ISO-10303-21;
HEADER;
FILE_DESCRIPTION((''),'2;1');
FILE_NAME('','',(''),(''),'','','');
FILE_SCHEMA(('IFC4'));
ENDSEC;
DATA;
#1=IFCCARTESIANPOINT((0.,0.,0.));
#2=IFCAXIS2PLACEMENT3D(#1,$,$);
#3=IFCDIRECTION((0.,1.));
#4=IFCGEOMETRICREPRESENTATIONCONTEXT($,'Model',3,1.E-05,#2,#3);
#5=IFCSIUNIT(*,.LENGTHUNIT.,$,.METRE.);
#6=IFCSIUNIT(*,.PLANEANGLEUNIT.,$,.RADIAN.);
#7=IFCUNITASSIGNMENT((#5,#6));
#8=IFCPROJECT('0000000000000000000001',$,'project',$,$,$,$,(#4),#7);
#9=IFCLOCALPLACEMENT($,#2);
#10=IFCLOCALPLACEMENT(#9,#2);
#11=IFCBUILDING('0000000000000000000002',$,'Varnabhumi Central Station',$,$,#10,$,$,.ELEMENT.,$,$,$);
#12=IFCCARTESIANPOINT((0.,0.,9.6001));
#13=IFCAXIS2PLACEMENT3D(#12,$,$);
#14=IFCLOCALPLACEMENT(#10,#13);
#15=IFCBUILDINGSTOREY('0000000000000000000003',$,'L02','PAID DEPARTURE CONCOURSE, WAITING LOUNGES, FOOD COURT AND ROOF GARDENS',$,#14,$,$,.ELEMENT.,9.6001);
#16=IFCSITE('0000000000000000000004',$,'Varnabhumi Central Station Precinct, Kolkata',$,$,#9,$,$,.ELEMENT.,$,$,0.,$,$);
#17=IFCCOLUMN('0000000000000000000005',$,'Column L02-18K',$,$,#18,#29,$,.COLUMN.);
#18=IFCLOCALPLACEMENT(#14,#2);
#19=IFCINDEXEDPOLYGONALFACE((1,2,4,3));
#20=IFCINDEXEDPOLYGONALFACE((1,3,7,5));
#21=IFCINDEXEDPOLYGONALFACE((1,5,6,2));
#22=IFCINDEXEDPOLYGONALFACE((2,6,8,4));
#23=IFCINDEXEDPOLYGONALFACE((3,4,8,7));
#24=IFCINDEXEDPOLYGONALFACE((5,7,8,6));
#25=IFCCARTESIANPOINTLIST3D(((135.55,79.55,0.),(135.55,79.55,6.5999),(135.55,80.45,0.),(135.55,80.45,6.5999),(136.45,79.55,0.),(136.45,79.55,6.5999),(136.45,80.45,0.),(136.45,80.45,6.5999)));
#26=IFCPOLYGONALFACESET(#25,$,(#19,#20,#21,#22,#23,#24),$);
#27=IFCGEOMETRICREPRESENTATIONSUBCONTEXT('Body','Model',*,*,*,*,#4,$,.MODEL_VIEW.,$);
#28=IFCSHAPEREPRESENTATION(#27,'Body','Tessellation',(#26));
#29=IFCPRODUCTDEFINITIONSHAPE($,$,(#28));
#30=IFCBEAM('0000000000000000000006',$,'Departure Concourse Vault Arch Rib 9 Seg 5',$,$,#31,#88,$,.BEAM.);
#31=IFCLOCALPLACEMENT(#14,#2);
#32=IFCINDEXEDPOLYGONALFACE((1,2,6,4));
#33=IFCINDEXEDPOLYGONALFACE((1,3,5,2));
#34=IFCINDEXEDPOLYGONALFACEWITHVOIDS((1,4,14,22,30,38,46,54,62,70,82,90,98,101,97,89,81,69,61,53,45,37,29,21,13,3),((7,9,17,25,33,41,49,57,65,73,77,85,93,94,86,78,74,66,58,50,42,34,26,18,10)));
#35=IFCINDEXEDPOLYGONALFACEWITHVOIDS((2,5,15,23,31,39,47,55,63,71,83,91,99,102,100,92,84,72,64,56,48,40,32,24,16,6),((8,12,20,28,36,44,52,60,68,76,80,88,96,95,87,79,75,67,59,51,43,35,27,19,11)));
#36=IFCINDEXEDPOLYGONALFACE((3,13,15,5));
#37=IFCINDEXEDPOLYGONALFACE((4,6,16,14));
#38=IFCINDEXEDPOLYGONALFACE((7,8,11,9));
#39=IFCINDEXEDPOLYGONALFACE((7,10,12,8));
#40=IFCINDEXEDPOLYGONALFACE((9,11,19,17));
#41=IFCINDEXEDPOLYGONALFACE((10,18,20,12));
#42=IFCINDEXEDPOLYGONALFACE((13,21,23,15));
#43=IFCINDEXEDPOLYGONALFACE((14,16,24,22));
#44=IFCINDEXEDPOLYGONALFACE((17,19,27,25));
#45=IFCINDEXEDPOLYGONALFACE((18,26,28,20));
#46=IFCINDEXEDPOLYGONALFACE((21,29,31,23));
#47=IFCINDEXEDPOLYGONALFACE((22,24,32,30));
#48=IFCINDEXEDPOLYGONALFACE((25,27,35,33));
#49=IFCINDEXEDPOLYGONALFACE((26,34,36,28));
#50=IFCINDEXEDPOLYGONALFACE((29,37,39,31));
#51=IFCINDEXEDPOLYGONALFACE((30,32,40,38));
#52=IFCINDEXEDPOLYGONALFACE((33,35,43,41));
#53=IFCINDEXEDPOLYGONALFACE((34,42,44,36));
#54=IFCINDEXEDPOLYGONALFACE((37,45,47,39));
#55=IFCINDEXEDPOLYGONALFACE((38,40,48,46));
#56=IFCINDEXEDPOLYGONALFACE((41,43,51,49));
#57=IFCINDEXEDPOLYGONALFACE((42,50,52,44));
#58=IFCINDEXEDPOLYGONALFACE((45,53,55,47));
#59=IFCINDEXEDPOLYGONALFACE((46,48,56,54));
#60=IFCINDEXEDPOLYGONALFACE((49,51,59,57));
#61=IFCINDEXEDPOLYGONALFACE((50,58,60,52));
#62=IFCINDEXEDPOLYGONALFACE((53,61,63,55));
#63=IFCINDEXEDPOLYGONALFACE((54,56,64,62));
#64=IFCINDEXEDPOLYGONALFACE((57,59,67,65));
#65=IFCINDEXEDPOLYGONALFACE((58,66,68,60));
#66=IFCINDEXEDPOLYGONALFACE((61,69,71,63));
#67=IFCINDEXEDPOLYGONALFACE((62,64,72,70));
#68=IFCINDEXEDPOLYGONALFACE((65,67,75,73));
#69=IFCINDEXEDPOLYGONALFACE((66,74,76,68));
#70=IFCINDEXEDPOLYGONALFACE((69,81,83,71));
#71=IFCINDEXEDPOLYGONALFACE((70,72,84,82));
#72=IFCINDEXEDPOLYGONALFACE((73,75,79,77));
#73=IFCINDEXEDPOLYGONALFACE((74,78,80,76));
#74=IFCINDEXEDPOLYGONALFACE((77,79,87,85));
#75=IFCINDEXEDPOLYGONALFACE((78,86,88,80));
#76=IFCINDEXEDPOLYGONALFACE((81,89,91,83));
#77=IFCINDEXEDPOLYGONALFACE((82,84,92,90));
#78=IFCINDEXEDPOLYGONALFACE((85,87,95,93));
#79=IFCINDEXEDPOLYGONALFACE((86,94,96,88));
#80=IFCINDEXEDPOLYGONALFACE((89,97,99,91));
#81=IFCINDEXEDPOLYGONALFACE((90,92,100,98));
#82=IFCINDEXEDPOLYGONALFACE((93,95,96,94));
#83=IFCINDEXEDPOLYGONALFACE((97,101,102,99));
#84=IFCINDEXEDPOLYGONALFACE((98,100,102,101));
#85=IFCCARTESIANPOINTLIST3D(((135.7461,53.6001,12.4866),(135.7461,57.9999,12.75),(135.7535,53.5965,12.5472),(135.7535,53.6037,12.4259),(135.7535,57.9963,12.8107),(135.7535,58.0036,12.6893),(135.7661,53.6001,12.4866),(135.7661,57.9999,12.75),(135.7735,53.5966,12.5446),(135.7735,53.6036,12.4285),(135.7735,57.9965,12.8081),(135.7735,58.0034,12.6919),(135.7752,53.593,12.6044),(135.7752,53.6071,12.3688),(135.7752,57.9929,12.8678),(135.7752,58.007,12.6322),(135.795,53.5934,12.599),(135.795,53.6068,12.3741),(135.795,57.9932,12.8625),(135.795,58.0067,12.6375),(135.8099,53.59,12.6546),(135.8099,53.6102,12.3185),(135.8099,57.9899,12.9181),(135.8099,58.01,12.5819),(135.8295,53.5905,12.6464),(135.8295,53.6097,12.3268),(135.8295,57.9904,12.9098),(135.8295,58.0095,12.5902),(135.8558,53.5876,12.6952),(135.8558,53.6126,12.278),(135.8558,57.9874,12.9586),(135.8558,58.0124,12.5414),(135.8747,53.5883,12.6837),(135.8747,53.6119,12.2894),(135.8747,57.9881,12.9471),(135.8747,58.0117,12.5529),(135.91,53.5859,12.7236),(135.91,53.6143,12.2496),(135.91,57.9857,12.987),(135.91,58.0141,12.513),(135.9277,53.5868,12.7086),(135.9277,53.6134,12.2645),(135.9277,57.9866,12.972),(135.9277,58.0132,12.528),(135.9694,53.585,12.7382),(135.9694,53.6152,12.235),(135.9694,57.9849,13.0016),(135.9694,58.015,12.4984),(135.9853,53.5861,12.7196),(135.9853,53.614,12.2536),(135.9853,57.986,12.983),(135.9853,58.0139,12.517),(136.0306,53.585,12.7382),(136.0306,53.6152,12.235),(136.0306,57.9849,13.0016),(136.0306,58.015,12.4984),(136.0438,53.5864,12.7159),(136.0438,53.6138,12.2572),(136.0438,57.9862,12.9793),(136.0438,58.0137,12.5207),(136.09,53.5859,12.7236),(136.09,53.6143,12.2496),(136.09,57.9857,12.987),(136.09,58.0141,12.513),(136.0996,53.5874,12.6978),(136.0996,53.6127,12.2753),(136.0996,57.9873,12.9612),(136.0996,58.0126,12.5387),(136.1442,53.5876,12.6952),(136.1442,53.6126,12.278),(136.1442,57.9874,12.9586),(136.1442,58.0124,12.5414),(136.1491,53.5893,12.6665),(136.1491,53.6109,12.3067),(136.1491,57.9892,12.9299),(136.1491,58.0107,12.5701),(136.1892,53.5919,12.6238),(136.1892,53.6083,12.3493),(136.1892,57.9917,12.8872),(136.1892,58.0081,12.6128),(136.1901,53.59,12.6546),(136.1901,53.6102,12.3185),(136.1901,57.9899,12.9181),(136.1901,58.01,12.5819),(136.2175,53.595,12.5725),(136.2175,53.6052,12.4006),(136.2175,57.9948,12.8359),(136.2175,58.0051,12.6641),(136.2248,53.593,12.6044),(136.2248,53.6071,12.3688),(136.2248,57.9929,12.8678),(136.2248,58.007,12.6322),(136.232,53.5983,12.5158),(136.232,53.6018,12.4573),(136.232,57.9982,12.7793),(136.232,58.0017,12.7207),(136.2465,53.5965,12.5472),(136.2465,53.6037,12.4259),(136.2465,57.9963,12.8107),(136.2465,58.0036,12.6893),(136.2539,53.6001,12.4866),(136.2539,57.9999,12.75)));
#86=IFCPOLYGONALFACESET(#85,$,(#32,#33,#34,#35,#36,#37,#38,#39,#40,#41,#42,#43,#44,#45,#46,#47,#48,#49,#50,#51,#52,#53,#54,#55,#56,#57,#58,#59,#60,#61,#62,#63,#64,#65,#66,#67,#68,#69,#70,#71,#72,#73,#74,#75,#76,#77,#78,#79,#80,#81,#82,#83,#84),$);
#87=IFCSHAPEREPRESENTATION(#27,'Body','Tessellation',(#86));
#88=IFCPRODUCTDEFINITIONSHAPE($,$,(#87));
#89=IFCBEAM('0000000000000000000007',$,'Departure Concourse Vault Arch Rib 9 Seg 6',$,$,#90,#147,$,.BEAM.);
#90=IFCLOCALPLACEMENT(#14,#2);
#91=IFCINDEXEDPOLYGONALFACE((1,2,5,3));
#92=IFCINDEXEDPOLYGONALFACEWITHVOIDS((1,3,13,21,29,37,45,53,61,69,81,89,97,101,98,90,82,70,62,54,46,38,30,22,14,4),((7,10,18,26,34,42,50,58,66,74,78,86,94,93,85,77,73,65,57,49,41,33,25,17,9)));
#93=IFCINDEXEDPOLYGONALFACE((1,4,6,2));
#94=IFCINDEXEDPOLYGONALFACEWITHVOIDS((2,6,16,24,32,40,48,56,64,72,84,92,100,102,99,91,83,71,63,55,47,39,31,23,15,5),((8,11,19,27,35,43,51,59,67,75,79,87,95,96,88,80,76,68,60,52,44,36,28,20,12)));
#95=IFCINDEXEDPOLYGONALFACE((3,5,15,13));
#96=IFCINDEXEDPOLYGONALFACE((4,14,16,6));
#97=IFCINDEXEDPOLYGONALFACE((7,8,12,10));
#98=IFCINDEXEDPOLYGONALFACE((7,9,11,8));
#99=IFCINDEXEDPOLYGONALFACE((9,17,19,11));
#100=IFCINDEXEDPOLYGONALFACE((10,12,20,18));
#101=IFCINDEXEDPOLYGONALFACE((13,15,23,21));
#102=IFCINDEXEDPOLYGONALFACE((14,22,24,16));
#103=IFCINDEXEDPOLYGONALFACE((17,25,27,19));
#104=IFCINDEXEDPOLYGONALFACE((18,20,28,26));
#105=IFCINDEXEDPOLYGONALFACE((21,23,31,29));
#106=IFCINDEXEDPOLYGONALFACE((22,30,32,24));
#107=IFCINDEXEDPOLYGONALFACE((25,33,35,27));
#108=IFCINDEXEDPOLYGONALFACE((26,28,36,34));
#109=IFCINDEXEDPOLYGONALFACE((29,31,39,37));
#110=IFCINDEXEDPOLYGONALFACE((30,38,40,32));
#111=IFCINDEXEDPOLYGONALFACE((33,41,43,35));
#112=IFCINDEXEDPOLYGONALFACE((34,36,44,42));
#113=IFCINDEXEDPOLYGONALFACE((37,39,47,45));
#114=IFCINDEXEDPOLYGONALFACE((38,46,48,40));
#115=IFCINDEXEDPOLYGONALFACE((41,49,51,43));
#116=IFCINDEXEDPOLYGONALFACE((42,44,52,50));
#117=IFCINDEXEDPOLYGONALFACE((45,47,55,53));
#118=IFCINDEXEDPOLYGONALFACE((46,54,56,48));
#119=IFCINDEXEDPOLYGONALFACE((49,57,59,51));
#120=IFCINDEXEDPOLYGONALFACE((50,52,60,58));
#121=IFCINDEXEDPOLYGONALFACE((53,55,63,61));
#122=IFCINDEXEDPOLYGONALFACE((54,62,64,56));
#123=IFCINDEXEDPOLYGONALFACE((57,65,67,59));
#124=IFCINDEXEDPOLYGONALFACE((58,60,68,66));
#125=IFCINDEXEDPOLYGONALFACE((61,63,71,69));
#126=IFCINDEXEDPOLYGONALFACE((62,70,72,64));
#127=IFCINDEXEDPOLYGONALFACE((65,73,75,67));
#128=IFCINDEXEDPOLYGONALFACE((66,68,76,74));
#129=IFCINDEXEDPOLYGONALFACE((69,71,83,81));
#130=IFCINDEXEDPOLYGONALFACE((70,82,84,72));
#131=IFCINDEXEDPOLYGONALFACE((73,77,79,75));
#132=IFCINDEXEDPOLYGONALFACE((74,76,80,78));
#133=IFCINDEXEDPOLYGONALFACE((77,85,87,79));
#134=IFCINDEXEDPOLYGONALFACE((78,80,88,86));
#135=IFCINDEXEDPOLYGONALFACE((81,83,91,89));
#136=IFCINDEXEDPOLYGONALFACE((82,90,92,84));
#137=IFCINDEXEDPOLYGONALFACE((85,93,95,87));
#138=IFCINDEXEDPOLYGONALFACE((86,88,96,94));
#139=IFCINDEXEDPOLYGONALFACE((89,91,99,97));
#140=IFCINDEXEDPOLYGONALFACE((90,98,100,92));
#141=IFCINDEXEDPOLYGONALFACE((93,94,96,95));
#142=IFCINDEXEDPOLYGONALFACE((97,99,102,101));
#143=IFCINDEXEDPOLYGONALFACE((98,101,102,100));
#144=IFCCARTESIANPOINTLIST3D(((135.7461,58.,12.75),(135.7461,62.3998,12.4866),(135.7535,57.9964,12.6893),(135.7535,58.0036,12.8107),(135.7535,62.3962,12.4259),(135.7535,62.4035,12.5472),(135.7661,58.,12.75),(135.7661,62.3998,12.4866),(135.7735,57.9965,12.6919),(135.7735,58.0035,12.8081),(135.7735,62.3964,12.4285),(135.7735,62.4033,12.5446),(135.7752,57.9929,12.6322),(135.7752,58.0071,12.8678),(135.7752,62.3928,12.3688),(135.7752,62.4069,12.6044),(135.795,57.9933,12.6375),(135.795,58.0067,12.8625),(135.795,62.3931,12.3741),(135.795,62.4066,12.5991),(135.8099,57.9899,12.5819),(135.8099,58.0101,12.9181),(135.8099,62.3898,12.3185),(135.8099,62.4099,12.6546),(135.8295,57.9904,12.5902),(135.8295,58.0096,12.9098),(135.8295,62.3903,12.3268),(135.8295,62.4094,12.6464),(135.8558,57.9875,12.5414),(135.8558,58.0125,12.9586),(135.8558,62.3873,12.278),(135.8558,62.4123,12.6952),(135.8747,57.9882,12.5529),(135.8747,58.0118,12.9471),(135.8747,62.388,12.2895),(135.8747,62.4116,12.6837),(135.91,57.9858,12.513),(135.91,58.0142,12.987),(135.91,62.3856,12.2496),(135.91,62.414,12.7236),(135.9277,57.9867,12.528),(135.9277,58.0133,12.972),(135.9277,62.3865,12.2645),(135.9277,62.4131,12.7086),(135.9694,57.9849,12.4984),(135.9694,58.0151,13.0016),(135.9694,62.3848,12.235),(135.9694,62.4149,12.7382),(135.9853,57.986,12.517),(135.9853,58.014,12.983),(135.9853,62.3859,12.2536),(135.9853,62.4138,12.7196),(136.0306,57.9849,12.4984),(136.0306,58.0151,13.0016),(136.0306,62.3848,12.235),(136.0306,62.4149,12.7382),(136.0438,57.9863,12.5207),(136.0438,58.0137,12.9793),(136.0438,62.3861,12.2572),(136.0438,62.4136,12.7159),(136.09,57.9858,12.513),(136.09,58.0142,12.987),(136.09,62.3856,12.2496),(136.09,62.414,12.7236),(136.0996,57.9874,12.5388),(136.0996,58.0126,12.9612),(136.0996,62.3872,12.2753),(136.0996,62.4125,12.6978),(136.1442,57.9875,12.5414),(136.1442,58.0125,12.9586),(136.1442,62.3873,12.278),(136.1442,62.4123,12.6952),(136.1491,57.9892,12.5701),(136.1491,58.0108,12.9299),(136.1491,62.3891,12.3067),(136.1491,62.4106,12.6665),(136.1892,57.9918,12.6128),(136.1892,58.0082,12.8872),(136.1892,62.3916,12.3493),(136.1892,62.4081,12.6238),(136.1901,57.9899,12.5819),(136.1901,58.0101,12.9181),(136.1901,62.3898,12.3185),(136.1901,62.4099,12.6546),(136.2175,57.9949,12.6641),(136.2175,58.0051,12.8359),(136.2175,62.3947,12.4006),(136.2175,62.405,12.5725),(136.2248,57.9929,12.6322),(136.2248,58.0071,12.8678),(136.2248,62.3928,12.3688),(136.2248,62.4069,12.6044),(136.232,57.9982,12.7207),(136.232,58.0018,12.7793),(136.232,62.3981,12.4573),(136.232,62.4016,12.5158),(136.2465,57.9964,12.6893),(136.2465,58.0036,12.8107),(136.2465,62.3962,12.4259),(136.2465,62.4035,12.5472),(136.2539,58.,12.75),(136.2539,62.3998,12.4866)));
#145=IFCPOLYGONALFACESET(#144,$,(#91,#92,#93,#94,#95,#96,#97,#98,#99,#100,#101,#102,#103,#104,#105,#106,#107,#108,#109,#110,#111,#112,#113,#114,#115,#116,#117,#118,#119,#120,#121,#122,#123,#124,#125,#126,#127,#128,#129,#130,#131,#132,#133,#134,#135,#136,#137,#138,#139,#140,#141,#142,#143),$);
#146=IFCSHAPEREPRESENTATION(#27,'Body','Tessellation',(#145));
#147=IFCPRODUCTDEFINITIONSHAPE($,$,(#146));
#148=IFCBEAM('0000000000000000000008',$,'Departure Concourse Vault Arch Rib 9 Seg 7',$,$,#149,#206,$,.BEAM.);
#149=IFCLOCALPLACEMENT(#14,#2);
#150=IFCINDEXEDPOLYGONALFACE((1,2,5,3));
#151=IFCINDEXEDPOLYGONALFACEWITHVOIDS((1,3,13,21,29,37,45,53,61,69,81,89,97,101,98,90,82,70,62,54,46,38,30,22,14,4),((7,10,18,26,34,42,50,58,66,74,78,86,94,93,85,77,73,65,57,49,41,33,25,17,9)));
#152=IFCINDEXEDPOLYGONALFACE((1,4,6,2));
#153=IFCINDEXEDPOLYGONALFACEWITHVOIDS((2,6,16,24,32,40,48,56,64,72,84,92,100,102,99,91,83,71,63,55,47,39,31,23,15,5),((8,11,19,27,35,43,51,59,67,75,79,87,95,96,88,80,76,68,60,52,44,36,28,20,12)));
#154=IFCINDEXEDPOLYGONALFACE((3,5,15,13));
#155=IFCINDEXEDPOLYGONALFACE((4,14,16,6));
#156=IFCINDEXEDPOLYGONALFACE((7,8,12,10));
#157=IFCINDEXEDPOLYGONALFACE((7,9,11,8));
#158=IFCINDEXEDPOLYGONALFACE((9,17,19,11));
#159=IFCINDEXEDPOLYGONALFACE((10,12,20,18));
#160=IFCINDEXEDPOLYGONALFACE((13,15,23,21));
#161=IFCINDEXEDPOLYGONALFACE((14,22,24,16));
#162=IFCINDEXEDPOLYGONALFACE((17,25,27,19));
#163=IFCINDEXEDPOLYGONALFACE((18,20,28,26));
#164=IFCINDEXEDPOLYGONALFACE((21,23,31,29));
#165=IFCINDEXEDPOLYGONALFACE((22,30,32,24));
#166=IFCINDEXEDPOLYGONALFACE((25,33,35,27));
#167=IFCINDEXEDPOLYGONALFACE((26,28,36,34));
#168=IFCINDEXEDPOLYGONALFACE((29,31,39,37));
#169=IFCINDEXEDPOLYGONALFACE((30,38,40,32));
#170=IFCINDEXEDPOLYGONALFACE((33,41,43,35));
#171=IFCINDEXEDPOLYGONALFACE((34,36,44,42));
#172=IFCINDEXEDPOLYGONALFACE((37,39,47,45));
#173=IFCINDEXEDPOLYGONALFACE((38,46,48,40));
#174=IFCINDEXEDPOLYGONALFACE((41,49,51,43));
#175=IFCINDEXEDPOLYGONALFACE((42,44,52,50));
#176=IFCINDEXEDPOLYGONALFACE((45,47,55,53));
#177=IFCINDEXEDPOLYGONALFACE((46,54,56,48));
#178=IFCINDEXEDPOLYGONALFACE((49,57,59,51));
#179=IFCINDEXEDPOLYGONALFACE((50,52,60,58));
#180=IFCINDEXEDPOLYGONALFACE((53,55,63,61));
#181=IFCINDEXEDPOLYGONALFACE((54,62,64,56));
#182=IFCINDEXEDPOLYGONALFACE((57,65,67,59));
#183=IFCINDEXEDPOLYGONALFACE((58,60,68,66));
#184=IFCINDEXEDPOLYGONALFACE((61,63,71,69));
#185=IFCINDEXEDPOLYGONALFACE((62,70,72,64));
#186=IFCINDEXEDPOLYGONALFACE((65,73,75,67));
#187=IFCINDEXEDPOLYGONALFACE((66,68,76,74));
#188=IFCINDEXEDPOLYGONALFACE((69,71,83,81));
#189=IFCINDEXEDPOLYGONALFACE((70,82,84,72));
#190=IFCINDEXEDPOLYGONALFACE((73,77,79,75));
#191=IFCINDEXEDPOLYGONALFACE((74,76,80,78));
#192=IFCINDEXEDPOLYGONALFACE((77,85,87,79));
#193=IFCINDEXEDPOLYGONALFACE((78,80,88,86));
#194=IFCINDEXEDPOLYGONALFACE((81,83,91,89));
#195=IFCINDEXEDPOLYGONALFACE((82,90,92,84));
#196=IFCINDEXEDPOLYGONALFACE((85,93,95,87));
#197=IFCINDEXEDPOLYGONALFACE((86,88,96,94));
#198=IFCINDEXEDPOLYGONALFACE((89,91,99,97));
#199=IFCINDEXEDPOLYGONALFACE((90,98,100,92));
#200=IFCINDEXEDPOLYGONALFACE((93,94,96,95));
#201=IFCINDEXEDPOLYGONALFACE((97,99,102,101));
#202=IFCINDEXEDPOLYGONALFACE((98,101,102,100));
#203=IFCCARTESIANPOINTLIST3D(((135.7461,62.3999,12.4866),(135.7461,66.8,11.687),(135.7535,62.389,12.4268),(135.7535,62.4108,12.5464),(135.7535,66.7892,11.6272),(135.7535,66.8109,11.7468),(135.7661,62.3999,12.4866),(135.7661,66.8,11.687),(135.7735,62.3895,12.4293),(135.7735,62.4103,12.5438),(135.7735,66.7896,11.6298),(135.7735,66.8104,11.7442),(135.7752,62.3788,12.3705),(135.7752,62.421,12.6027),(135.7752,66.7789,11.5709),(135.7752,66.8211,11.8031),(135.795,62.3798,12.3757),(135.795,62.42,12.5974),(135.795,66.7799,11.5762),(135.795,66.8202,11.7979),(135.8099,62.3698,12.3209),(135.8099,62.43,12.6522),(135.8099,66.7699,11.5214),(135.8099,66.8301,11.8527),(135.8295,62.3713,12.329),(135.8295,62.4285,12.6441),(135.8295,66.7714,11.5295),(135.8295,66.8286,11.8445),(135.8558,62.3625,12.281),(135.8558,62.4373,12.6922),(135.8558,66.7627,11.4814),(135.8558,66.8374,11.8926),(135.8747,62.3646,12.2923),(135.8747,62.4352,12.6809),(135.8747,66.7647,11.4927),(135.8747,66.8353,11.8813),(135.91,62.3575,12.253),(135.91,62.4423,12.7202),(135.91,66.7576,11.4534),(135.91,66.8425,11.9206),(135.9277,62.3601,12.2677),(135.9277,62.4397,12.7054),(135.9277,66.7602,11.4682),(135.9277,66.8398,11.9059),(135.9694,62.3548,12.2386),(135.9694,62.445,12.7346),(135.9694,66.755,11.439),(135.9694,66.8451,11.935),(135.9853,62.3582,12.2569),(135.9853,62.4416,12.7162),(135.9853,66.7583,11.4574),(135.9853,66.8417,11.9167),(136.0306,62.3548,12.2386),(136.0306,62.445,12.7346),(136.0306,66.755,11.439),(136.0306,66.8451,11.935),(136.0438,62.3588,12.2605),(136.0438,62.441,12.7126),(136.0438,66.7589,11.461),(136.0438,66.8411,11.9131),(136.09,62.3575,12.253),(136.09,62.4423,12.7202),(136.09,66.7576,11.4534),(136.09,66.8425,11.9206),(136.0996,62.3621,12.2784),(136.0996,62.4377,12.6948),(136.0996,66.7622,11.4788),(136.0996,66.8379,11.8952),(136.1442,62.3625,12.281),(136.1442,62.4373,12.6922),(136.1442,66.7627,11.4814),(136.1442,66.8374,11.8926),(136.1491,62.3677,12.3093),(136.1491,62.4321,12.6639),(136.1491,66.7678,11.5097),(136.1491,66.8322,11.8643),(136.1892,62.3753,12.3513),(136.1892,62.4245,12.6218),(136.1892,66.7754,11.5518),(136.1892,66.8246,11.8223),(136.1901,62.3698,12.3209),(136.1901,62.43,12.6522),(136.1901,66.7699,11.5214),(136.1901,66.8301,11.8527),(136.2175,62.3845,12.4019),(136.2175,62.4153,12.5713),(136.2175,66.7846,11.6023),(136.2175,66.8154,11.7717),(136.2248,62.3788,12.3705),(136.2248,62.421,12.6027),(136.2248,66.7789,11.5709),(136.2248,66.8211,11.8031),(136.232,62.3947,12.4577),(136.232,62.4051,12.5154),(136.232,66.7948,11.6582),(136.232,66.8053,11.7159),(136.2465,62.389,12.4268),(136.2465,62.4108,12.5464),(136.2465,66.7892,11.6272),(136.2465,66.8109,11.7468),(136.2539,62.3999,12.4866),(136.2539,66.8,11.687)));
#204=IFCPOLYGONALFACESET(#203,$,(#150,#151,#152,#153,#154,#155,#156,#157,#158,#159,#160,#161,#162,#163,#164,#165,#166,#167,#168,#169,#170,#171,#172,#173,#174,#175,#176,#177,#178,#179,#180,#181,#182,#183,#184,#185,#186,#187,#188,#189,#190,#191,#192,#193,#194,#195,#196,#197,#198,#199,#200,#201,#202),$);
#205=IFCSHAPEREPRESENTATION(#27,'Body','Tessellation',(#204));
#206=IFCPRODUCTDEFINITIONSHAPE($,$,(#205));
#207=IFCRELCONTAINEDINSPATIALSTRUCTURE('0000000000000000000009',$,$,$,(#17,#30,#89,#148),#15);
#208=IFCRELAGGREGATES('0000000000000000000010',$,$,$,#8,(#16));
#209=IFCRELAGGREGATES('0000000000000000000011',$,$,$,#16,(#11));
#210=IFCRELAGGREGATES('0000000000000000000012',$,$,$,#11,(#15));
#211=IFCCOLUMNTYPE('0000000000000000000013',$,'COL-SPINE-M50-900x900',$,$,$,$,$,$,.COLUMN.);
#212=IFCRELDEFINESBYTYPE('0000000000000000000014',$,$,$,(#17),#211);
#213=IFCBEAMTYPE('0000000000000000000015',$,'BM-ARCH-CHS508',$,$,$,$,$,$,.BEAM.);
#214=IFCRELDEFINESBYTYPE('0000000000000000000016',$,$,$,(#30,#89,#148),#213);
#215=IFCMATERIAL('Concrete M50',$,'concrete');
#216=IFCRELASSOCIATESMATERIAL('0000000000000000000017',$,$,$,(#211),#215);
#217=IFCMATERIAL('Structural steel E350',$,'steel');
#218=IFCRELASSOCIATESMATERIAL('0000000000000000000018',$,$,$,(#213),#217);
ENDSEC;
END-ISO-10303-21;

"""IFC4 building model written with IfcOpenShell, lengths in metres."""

from ifc_helpers import new_model, si_unit, direction, frame, origin, origin_2d, place, context, subcontext, project, spatial, rectangle, hollow_circle, extrude, material, material_profile, profile_set, type_object, element, save


model = new_model("IFC4")

# Units and contexts
model_context = context("Model", 3, precision=1e-05, world=origin(), true_north=direction((0.0, 1.0)))
body_context = subcontext(model_context, "Body", "Model", "MODEL_VIEW")
ifc_project = project(units=[si_unit("LENGTHUNIT", "METRE"), si_unit("PLANEANGLEUNIT", "RADIAN")], contexts=[model_context])

# Site, building, storey
site_placement = place(None, origin())
site = spatial("IfcSite", under=ifc_project, at=site_placement, Name="Varnabhumi Central Station Precinct, Kolkata", CompositionType="ELEMENT", RefElevation=0.0)
building_placement = place(site_placement, origin())
building = spatial("IfcBuilding", under=site, at=building_placement, Name="Varnabhumi Central Station", CompositionType="ELEMENT")
storey_placement = place(building_placement, frame((0.0, 0.0, 9.6001)))
storey = spatial("IfcBuildingStorey", under=building, at=storey_placement, Name="L02", Description="PAID DEPARTURE CONCOURSE, WAITING LOUNGES, FOOD COURT AND ROOF GARDENS", CompositionType="ELEMENT", Elevation=9.6001)

# Column
ifc_material_1 = material(Name="Concrete M50", Category="concrete")
ifc_material_profile_1 = material_profile(ifc_material_1, rectangle(XDim=0.8999, YDim=0.8999, at=origin_2d()), Name="Concrete M50", Category="concrete")
ifc_profile_set_1 = profile_set([ifc_material_profile_1], Name="Concrete M50")
column_type = type_object("IfcColumnType", Name="COL-SPINE-M50-900x900", PredefinedType="COLUMN", material=ifc_profile_set_1)
column_placement = place(storey_placement, frame((136.0, 80.0, 0.0), z_axis=(0.0, 0.0, 1.0), x_axis=(1.0, 0.0, 0.0)))
element("IfcColumn", 1, at=column_placement, inside=storey, type_object=column_type, Name="Column L02-18K", PredefinedType="COLUMN", context=body_context, shape_type="SweptSolid", body=[
    extrude(rectangle(XDim=0.8999, YDim=0.8999, at=origin_2d()), origin(), (0.0, 0.0, 1.0), 6.5999),
])

# Beams
ifc_material_2 = material(Name="Structural steel E350", Category="steel")
ifc_material_profile_2 = material_profile(ifc_material_2, hollow_circle(Radius=0.2539, WallThickness=0.02, at=origin_2d()), Name="Structural steel E350", Category="steel")
ifc_profile_set_2 = profile_set([ifc_material_profile_2], Name="Structural steel E350")
beam_type_1 = type_object("IfcBeamType", Name="BM-ARCH-CHS508", PredefinedType="BEAM", material=ifc_profile_set_2)
for number, where, z_axis, x_axis, name in (
    (2, (136.0, 53.6001, 12.4866), (0.0, 0.998213, 0.059764), (-1.0, 0.0, 0.0), "Departure Concourse Vault Arch Rib 9 Seg 5"),
    (3, (136.0, 58.0, 12.75), (0.0, 0.998213, -0.059764), (-1.0, 0.0, 0.0), "Departure Concourse Vault Arch Rib 9 Seg 6"),
):
    element("IfcBeam", number, at=place(storey_placement, frame(where, z_axis=z_axis, x_axis=x_axis)), inside=storey, type_object=beam_type_1, Name=name, PredefinedType="BEAM", context=body_context, shape_type="SweptSolid", body=[
        extrude(hollow_circle(Radius=0.2539, WallThickness=0.02, at=origin_2d()), origin(), (0.0, 0.0, 1.0), 4.4077),
    ])
beam_1_placement = place(storey_placement, frame((136.0, 62.3999, 12.4866), z_axis=(0.0, 0.983888, -0.178785), x_axis=(-1.0, 0.0, 0.0)))
element("IfcBeam", 4, at=beam_1_placement, inside=storey, type_object=beam_type_1, Name="Departure Concourse Vault Arch Rib 9 Seg 7", PredefinedType="BEAM", context=body_context, shape_type="SweptSolid", body=[
    extrude(hollow_circle(Radius=0.2539, WallThickness=0.02, at=origin_2d()), origin(), (0.0, 0.0, 1.0), 4.4722),
])

save(model, "model.ifc")
